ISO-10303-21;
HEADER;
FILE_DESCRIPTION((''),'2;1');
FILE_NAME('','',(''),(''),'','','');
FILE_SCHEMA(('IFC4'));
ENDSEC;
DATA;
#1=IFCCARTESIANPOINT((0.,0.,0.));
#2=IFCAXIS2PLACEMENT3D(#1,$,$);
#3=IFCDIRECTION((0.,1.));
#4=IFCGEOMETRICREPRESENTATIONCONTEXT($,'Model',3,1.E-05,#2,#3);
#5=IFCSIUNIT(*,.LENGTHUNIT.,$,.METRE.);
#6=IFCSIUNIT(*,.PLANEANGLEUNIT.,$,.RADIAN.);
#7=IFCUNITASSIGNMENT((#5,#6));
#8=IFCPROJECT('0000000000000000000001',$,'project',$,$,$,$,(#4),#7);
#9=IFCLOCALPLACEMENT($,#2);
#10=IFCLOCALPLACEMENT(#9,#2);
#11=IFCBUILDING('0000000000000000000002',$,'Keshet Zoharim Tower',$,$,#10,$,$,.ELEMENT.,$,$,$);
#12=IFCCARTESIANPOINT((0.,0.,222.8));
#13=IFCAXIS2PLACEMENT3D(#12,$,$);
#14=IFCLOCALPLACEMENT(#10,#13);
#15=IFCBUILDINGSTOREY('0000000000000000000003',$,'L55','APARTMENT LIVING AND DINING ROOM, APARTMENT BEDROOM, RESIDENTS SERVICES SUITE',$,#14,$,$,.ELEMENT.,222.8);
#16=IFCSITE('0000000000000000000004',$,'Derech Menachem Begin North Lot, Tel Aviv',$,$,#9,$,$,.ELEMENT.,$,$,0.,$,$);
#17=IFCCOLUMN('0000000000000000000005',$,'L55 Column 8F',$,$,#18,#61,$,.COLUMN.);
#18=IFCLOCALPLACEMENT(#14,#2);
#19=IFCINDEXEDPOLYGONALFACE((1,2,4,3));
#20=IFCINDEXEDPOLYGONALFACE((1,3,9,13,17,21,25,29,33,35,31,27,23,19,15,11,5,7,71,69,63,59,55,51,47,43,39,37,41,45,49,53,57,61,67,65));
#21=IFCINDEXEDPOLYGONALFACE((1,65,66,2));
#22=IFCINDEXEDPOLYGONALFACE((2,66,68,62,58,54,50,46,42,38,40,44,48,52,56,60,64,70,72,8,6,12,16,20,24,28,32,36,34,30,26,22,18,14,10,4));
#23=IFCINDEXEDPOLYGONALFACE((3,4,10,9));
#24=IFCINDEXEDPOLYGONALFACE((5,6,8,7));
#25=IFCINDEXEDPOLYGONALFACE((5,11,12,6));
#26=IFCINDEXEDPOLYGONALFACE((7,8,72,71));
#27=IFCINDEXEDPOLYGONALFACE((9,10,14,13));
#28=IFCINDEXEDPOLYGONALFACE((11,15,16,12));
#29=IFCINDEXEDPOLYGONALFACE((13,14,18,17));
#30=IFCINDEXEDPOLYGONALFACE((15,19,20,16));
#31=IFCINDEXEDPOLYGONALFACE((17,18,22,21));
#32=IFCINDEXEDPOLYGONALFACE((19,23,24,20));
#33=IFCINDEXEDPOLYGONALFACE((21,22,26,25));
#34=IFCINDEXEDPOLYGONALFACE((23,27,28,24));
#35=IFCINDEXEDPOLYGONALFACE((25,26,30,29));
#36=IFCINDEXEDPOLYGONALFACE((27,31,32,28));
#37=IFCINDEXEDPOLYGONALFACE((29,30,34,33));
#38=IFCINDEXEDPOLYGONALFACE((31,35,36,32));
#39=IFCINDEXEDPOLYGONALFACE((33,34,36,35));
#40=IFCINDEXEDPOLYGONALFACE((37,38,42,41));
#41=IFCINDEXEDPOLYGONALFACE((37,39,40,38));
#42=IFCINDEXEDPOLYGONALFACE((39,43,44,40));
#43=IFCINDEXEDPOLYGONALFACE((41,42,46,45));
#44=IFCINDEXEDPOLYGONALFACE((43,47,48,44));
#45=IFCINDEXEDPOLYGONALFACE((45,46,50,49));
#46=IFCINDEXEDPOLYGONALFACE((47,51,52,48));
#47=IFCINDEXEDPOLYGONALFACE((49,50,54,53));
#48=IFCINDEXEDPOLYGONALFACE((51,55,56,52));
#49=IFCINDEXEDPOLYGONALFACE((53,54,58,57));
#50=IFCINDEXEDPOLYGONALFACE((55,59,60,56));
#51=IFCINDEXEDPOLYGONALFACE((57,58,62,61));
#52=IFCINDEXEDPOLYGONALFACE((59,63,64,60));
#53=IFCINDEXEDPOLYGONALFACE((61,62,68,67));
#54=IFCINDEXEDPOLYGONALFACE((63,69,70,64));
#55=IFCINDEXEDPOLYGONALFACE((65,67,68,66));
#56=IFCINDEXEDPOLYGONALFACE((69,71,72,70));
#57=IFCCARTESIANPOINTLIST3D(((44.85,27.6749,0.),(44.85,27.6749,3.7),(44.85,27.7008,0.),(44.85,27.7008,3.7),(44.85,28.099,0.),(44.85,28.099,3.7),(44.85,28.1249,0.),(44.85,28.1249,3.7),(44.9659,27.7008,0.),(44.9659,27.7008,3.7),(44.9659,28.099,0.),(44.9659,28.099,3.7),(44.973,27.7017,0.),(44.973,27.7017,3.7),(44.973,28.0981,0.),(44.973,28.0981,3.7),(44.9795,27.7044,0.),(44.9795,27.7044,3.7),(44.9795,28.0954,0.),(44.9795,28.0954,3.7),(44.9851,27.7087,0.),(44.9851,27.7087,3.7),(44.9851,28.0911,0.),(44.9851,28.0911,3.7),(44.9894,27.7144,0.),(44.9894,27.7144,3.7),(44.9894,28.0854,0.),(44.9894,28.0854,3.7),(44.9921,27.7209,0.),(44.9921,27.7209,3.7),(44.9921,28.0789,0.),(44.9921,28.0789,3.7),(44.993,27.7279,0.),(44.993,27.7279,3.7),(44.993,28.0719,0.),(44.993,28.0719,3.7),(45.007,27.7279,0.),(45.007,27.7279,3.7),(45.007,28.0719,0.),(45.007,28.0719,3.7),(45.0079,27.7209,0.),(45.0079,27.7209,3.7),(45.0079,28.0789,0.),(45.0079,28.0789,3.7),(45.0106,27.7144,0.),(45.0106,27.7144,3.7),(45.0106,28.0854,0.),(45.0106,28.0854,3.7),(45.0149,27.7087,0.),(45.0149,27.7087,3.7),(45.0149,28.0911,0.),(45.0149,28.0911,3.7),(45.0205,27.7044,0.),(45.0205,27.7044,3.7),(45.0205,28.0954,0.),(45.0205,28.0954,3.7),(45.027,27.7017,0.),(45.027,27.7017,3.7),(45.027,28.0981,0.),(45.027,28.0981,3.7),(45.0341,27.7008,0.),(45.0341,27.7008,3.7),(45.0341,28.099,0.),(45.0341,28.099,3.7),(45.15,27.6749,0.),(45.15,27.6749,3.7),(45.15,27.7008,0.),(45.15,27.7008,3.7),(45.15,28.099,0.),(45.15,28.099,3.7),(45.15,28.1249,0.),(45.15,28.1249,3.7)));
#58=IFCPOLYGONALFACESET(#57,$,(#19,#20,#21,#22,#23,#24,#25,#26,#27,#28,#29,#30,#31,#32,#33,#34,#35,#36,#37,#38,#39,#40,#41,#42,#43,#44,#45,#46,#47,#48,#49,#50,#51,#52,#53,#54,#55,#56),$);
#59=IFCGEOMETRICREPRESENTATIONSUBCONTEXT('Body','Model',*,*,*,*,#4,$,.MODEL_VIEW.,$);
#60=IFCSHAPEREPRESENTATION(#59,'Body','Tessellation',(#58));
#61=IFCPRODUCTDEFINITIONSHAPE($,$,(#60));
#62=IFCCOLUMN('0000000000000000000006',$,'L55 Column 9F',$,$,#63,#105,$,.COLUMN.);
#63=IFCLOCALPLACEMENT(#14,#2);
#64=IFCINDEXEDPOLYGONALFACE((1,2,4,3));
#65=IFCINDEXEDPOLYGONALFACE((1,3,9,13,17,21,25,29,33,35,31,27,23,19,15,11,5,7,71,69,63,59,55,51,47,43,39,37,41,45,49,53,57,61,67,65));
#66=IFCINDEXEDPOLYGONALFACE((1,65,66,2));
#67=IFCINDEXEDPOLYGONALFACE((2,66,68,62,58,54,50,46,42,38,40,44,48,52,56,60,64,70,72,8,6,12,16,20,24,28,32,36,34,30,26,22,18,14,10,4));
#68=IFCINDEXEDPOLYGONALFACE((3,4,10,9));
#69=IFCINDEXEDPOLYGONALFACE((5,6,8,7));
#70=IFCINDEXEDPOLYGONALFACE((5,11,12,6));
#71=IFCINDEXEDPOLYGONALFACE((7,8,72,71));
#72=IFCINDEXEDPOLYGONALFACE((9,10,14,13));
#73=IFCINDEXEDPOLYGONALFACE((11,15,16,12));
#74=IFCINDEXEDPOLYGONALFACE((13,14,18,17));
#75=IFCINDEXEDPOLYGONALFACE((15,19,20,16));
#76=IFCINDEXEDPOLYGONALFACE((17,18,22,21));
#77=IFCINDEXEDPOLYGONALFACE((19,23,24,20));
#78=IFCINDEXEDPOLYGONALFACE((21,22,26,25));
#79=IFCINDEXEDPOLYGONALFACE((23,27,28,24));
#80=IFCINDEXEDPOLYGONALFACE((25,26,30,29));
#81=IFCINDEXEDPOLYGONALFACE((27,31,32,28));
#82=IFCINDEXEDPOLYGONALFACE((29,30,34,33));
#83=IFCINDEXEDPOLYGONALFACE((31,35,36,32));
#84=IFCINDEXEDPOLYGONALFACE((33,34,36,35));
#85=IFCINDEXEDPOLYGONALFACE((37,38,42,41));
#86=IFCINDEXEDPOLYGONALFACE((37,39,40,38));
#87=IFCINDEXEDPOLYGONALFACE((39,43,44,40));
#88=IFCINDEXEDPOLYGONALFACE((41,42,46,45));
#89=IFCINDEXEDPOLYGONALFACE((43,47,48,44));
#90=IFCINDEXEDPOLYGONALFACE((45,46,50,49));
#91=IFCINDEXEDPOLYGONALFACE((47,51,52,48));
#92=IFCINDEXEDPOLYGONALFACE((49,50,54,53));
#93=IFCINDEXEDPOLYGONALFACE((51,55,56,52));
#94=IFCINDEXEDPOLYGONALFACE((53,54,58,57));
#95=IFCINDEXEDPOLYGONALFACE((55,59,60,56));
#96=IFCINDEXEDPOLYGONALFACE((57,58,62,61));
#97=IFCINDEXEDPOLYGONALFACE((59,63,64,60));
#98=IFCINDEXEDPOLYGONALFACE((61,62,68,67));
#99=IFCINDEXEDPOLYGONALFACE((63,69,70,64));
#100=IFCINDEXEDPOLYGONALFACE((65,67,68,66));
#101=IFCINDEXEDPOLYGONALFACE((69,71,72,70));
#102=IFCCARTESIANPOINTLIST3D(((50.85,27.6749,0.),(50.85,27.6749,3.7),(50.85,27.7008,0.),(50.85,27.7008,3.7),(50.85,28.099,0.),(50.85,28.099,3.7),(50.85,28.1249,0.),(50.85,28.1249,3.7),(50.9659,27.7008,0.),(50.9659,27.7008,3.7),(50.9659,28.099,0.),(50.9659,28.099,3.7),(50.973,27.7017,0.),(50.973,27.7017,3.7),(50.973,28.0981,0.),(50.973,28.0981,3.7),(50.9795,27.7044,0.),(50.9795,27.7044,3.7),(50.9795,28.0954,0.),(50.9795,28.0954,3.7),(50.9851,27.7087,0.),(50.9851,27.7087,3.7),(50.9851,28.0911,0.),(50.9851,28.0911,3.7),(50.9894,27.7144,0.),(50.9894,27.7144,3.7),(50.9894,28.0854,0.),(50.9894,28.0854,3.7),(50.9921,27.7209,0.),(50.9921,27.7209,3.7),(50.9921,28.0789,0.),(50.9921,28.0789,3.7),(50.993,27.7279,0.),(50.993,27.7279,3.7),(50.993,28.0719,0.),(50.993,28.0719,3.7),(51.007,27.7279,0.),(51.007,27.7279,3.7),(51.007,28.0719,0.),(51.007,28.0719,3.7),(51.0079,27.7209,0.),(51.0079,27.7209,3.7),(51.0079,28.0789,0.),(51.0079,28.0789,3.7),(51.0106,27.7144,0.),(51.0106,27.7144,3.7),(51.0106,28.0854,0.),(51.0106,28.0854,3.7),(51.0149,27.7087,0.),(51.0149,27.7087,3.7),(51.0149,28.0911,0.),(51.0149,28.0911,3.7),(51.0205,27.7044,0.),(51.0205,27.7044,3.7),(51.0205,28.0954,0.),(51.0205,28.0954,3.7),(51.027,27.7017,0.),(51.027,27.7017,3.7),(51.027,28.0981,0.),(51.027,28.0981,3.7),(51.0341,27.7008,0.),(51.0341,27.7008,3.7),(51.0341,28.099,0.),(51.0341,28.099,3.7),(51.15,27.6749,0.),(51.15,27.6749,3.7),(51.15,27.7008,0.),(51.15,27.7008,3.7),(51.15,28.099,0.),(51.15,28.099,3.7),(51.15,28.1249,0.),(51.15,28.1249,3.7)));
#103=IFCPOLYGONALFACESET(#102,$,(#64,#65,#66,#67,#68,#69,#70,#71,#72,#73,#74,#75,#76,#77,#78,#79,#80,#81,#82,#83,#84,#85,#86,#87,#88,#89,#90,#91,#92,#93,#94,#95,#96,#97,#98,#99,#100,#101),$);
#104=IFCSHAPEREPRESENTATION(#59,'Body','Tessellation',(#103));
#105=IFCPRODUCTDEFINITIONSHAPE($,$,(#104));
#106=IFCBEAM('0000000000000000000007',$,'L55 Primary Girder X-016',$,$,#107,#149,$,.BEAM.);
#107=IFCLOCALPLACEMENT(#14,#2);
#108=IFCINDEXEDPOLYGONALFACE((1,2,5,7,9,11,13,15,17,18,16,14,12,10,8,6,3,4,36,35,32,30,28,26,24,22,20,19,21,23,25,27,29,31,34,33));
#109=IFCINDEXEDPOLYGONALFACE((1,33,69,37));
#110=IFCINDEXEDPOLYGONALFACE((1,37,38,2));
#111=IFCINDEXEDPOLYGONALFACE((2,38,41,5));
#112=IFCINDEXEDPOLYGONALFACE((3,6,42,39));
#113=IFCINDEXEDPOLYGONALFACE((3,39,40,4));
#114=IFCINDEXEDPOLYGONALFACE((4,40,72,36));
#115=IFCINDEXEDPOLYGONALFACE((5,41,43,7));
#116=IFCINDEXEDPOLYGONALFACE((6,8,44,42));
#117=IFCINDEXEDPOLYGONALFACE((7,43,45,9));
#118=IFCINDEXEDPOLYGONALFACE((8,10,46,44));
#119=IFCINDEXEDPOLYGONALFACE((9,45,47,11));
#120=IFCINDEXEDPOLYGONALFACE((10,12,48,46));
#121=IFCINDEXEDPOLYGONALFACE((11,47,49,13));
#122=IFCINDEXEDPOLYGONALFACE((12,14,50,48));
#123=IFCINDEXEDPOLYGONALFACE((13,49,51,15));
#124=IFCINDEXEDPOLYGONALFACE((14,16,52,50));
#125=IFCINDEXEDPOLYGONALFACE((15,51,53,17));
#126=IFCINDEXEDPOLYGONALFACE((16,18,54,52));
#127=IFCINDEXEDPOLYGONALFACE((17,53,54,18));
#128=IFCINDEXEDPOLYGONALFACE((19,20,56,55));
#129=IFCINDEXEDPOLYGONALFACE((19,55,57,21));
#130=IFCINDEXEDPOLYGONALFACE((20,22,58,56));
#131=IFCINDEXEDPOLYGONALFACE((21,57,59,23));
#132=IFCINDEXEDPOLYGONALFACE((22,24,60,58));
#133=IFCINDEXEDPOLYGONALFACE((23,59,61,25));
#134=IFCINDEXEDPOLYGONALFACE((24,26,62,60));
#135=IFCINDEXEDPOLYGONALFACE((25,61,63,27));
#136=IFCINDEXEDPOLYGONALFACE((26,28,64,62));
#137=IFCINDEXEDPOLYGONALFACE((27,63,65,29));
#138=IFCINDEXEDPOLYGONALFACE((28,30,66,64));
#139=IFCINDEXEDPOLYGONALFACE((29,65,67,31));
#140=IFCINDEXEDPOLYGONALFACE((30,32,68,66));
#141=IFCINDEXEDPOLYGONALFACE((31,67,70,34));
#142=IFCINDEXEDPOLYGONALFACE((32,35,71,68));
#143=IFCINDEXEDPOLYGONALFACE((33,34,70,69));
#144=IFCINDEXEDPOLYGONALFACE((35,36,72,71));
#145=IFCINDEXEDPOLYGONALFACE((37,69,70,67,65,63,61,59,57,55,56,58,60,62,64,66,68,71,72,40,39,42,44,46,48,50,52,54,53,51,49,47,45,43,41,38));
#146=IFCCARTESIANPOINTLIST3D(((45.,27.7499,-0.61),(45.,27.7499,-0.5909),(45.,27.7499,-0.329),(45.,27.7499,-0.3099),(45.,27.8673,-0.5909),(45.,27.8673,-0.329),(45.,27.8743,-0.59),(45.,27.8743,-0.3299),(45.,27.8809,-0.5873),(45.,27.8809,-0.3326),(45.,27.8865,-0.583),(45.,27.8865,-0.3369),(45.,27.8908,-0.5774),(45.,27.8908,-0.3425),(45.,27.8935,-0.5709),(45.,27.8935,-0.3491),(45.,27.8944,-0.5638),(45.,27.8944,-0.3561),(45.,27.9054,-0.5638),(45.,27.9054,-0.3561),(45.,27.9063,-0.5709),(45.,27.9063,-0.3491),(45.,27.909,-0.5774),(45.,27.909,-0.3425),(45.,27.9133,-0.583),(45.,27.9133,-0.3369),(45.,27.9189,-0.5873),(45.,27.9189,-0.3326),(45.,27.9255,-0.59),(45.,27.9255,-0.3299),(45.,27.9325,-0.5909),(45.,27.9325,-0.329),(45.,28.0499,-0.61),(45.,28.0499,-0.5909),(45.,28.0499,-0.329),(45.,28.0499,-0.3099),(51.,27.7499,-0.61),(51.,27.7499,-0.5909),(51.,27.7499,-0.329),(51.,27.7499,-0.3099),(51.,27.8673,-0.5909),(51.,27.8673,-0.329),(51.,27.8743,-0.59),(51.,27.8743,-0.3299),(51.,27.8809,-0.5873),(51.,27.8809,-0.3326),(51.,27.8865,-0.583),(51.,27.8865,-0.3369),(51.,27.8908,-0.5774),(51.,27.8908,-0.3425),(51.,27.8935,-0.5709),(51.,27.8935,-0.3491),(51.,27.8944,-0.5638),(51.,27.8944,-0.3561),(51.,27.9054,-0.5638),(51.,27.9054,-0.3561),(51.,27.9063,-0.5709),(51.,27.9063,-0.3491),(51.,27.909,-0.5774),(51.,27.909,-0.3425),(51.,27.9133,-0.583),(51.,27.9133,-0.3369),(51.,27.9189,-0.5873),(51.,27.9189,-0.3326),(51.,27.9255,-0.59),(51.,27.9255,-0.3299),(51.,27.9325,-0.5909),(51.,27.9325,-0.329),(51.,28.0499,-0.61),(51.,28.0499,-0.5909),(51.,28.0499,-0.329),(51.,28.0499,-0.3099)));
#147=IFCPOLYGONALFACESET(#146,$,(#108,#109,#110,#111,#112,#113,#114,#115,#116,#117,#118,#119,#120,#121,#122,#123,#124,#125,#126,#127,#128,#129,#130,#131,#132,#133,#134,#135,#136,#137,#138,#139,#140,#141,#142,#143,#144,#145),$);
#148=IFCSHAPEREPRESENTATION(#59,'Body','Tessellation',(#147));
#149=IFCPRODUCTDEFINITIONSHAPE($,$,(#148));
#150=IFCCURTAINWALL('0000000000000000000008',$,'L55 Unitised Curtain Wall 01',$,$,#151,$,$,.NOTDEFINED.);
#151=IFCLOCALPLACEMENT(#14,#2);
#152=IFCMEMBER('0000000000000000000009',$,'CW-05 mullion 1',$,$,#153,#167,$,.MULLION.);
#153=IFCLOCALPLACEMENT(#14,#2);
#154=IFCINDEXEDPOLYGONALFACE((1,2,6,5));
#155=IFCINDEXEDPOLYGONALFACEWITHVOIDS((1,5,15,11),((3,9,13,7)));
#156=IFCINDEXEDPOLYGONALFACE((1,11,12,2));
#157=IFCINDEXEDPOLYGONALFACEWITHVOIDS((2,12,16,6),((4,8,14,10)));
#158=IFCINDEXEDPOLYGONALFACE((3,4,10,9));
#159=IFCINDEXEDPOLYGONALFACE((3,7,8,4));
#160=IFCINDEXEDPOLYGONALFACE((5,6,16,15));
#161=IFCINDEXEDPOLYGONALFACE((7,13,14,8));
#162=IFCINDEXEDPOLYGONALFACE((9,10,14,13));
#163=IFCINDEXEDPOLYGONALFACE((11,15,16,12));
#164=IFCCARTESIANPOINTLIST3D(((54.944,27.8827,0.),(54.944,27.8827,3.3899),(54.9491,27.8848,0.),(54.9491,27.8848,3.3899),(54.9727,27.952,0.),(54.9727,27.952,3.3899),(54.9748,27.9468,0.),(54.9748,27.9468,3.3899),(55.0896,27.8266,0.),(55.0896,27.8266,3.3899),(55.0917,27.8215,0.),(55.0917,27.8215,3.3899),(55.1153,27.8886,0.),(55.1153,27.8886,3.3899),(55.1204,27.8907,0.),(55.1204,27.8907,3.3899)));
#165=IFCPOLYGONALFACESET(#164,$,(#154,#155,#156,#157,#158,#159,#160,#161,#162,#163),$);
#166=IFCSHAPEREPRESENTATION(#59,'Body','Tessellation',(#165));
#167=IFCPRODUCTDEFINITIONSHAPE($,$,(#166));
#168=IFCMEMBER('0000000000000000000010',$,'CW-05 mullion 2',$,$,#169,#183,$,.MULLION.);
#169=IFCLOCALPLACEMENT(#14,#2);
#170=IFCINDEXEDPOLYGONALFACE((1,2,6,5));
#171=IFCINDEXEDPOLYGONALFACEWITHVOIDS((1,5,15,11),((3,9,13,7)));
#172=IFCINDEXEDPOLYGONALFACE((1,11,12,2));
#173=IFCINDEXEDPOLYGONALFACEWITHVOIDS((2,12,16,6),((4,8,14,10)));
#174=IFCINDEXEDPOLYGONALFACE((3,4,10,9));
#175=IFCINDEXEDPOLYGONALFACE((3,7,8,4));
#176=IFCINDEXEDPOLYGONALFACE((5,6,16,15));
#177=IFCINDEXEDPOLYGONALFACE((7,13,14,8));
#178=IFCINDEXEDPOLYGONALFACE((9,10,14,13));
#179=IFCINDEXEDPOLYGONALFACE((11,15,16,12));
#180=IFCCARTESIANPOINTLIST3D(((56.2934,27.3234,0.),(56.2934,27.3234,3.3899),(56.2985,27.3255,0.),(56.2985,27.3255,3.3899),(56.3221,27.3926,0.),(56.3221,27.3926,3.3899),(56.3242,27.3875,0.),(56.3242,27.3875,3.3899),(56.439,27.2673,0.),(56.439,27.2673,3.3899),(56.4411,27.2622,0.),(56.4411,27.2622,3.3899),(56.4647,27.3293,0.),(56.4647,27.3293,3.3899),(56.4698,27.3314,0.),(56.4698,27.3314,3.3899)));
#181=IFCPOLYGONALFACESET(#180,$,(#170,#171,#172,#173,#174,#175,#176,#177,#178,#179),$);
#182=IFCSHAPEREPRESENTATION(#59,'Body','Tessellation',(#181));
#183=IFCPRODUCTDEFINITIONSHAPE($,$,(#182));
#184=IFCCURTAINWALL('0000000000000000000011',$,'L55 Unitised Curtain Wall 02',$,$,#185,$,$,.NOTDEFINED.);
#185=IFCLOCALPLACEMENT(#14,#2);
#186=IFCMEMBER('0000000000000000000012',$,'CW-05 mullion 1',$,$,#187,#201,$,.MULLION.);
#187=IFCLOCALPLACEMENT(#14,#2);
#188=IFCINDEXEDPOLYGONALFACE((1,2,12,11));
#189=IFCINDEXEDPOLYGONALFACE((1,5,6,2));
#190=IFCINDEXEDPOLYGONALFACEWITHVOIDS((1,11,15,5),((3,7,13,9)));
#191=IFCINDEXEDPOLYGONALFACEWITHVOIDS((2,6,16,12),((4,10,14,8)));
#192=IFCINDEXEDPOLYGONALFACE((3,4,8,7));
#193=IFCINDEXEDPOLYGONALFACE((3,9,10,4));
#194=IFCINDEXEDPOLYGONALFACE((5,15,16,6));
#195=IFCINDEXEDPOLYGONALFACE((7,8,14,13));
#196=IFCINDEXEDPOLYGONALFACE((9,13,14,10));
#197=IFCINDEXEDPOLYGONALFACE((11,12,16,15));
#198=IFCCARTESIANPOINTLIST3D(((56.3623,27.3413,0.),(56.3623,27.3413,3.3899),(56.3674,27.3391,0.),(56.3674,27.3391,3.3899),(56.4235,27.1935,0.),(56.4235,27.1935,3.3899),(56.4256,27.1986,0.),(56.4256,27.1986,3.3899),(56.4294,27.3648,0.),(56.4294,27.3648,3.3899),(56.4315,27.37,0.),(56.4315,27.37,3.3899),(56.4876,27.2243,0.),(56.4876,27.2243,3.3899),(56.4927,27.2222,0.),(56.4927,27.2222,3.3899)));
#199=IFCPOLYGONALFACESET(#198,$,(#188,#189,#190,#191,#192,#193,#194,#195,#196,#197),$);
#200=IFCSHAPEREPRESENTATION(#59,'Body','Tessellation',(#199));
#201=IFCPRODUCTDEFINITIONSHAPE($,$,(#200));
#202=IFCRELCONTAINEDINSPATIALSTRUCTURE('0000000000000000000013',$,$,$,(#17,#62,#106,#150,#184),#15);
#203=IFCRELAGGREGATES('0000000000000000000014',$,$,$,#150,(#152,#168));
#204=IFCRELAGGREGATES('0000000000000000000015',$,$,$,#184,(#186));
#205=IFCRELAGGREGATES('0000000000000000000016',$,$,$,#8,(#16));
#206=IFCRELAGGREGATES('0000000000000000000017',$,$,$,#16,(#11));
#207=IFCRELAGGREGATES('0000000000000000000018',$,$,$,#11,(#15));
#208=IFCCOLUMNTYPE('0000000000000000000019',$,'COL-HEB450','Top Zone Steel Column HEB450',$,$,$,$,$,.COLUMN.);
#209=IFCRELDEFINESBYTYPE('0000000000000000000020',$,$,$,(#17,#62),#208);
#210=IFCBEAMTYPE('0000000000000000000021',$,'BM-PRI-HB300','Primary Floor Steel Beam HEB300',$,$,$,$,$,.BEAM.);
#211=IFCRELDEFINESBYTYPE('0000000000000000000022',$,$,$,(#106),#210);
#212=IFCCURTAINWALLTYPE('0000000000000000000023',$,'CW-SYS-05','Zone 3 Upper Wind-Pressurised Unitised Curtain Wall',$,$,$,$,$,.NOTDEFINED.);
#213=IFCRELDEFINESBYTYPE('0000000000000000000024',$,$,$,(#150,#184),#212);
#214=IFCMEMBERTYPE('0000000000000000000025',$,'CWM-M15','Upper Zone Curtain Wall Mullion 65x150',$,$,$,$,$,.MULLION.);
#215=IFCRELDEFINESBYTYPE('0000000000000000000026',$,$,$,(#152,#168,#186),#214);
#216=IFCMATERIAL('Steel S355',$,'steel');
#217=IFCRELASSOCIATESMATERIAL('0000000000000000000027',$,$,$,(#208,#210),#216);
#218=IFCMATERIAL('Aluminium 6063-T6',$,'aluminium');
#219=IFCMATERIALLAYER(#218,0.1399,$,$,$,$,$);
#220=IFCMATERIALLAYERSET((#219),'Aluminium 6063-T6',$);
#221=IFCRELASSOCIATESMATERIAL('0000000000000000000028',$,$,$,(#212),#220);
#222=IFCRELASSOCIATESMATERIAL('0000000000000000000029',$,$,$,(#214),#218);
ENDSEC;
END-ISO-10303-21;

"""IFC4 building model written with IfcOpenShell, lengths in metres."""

from ifc_helpers import new_model, si_unit, direction, frame, origin, origin_2d, place, context, subcontext, project, spatial, hollow_rectangle, i_section, extrude, material, layer, layer_set, material_profile, profile_set, type_object, element, aggregate, save


model = new_model("IFC4")

# Units and contexts
model_context = context("Model", 3, precision=1e-05, world=origin(), true_north=direction((0.0, 1.0)))
body_context = subcontext(model_context, "Body", "Model", "MODEL_VIEW")
ifc_project = project(units=[si_unit("LENGTHUNIT", "METRE"), si_unit("PLANEANGLEUNIT", "RADIAN")], contexts=[model_context])

# Site, building, storey
site_placement = place(None, origin())
site = spatial("IfcSite", under=ifc_project, at=site_placement, Name="Derech Menachem Begin North Lot, Tel Aviv", CompositionType="ELEMENT", RefElevation=0.0)
building_placement = place(site_placement, origin())
building = spatial("IfcBuilding", under=site, at=building_placement, Name="Keshet Zoharim Tower", CompositionType="ELEMENT")
storey_placement = place(building_placement, frame((0.0, 0.0, 222.8)))
storey = spatial("IfcBuildingStorey", under=building, at=storey_placement, Name="L55", Description="APARTMENT LIVING AND DINING ROOM, APARTMENT BEDROOM, RESIDENTS SERVICES SUITE", CompositionType="ELEMENT", Elevation=222.8)

# Columns
ifc_material_1 = material(Name="Steel S355", Category="steel")
ifc_material_profile_1 = material_profile(ifc_material_1, i_section(OverallWidth=0.3, OverallDepth=0.45, WebThickness=0.0139, FlangeThickness=0.0259, FilletRadius=0.0271, at=origin_2d()), Name="HEB450")
ifc_profile_set_1 = profile_set([ifc_material_profile_1], Name="Steel S355")
column_type = type_object("IfcColumnType", Name="COL-HEB450", Description="Top Zone Steel Column HEB450", PredefinedType="COLUMN", material=ifc_profile_set_1)
for number, where, z_axis, x_axis, name in (
    (1, (45.0, 27.8999, 0.0), (0.0, 0.0, 1.0), (1.0, 0.0, 0.0), "L55 Column 8F"),
    (2, (51.0, 27.8999, 0.0), (0.0, 0.0, 1.0), (1.0, 0.0, 0.0), "L55 Column 9F"),
):
    element("IfcColumn", number, at=place(storey_placement, frame(where, z_axis=z_axis, x_axis=x_axis)), inside=storey, type_object=column_type, Name=name, PredefinedType="COLUMN", context=body_context, shape_type="SweptSolid", body=[
        extrude(i_section(OverallWidth=0.3, OverallDepth=0.45, WebThickness=0.0139, FlangeThickness=0.0259, FilletRadius=0.0271, at=origin_2d()), origin(), (0.0, 0.0, 1.0), 3.7),
    ])

# Beam
ifc_material_profile_2 = material_profile(ifc_material_1, i_section(OverallWidth=0.3, OverallDepth=0.3, WebThickness=0.011, FlangeThickness=0.019, FilletRadius=0.0271, at=origin_2d()), Name="HEB300")
ifc_profile_set_2 = profile_set([ifc_material_profile_2], Name="Steel S355")
beam_type = type_object("IfcBeamType", Name="BM-PRI-HB300", Description="Primary Floor Steel Beam HEB300", PredefinedType="BEAM", material=ifc_profile_set_2)
beam_placement = place(storey_placement, frame((45.0, 27.8999, -0.46), z_axis=(1.0, 0.0, 0.0), x_axis=(0.0, 1.0, 0.0)))
element("IfcBeam", 3, at=beam_placement, inside=storey, type_object=beam_type, Name="L55 Primary Girder X-016", PredefinedType="BEAM", context=body_context, shape_type="SweptSolid", body=[
    extrude(i_section(OverallWidth=0.3, OverallDepth=0.3, WebThickness=0.011, FlangeThickness=0.019, FilletRadius=0.0271, at=origin_2d()), origin(), (0.0, 0.0, 1.0), 6.0),
])

# Curtain walls, members
ifc_material_2 = material(Name="Aluminium 6063-T6", Category="aluminium")
ifc_layer_1 = layer(ifc_material_2, 0.1399)
ifc_layer_set_1 = layer_set([ifc_layer_1], Name="Aluminium 6063-T6")
curtain_wall_type = type_object("IfcCurtainWallType", Name="CW-SYS-05", Description="Zone 3 Upper Wind-Pressurised Unitised Curtain Wall", PredefinedType="NOTDEFINED", material=ifc_layer_set_1)
curtain_wall_1_placement = place(storey_placement, origin())
curtain_wall_1 = element("IfcCurtainWall", 4, at=curtain_wall_1_placement, inside=storey, type_object=curtain_wall_type, Name="L55 Unitised Curtain Wall 01", PredefinedType="NOTDEFINED")
ifc_material_profile_3 = material_profile(ifc_material_2, hollow_rectangle(XDim=0.075, YDim=0.1599, WallThickness=0.0039, at=origin_2d()), Name="MUL-75x160")
ifc_profile_set_3 = profile_set([ifc_material_profile_3], Name="Aluminium 6063-T6")
member_type_1 = type_object("IfcMemberType", Name="CWM-M15", Description="Upper Zone Curtain Wall Mullion 65x150", PredefinedType="MULLION", material=ifc_profile_set_3)
member_1_placement = place(storey_placement, frame((55.0322, 27.8867, 0.0), z_axis=(0.0, 0.0, 1.0), x_axis=(0.382852, 0.92381, 0.0)))
member_1 = element("IfcMember", 5, at=member_1_placement, type_object=member_type_1, Name="CW-05 mullion 1", PredefinedType="MULLION", context=body_context, shape_type="SweptSolid", body=[
    extrude(hollow_rectangle(XDim=0.075, YDim=0.1599, WallThickness=0.0039, at=origin_2d()), origin(), (0.0, 0.0, 1.0), 3.3899),
])
member_2_placement = place(storey_placement, frame((56.3816, 27.3274, 0.0), z_axis=(0.0, 0.0, 1.0), x_axis=(0.382852, 0.92381, 0.0)))
member_2 = element("IfcMember", 6, at=member_2_placement, type_object=member_type_1, Name="CW-05 mullion 2", PredefinedType="MULLION", context=body_context, shape_type="SweptSolid", body=[
    extrude(hollow_rectangle(XDim=0.075, YDim=0.1599, WallThickness=0.0039, at=origin_2d()), origin(), (0.0, 0.0, 1.0), 3.3899),
])
curtain_wall_2_placement = place(storey_placement, origin())
curtain_wall_2 = element("IfcCurtainWall", 7, at=curtain_wall_2_placement, inside=storey, type_object=curtain_wall_type, Name="L55 Unitised Curtain Wall 02", PredefinedType="NOTDEFINED")
member_3_placement = place(storey_placement, frame((56.4275, 27.2817, 0.0), z_axis=(0.0, 0.0, 1.0), x_axis=(0.92381, 0.382852, 0.0)))
member_3 = element("IfcMember", 8, at=member_3_placement, type_object=member_type_1, Name="CW-05 mullion 1", PredefinedType="MULLION", context=body_context, shape_type="SweptSolid", body=[
    extrude(hollow_rectangle(XDim=0.075, YDim=0.1599, WallThickness=0.0039, at=origin_2d()), origin(), (0.0, 0.0, 1.0), 3.3899),
])

aggregate(curtain_wall_1, [member_1, member_2])
aggregate(curtain_wall_2, [member_3])

save(model, "model.ifc")
